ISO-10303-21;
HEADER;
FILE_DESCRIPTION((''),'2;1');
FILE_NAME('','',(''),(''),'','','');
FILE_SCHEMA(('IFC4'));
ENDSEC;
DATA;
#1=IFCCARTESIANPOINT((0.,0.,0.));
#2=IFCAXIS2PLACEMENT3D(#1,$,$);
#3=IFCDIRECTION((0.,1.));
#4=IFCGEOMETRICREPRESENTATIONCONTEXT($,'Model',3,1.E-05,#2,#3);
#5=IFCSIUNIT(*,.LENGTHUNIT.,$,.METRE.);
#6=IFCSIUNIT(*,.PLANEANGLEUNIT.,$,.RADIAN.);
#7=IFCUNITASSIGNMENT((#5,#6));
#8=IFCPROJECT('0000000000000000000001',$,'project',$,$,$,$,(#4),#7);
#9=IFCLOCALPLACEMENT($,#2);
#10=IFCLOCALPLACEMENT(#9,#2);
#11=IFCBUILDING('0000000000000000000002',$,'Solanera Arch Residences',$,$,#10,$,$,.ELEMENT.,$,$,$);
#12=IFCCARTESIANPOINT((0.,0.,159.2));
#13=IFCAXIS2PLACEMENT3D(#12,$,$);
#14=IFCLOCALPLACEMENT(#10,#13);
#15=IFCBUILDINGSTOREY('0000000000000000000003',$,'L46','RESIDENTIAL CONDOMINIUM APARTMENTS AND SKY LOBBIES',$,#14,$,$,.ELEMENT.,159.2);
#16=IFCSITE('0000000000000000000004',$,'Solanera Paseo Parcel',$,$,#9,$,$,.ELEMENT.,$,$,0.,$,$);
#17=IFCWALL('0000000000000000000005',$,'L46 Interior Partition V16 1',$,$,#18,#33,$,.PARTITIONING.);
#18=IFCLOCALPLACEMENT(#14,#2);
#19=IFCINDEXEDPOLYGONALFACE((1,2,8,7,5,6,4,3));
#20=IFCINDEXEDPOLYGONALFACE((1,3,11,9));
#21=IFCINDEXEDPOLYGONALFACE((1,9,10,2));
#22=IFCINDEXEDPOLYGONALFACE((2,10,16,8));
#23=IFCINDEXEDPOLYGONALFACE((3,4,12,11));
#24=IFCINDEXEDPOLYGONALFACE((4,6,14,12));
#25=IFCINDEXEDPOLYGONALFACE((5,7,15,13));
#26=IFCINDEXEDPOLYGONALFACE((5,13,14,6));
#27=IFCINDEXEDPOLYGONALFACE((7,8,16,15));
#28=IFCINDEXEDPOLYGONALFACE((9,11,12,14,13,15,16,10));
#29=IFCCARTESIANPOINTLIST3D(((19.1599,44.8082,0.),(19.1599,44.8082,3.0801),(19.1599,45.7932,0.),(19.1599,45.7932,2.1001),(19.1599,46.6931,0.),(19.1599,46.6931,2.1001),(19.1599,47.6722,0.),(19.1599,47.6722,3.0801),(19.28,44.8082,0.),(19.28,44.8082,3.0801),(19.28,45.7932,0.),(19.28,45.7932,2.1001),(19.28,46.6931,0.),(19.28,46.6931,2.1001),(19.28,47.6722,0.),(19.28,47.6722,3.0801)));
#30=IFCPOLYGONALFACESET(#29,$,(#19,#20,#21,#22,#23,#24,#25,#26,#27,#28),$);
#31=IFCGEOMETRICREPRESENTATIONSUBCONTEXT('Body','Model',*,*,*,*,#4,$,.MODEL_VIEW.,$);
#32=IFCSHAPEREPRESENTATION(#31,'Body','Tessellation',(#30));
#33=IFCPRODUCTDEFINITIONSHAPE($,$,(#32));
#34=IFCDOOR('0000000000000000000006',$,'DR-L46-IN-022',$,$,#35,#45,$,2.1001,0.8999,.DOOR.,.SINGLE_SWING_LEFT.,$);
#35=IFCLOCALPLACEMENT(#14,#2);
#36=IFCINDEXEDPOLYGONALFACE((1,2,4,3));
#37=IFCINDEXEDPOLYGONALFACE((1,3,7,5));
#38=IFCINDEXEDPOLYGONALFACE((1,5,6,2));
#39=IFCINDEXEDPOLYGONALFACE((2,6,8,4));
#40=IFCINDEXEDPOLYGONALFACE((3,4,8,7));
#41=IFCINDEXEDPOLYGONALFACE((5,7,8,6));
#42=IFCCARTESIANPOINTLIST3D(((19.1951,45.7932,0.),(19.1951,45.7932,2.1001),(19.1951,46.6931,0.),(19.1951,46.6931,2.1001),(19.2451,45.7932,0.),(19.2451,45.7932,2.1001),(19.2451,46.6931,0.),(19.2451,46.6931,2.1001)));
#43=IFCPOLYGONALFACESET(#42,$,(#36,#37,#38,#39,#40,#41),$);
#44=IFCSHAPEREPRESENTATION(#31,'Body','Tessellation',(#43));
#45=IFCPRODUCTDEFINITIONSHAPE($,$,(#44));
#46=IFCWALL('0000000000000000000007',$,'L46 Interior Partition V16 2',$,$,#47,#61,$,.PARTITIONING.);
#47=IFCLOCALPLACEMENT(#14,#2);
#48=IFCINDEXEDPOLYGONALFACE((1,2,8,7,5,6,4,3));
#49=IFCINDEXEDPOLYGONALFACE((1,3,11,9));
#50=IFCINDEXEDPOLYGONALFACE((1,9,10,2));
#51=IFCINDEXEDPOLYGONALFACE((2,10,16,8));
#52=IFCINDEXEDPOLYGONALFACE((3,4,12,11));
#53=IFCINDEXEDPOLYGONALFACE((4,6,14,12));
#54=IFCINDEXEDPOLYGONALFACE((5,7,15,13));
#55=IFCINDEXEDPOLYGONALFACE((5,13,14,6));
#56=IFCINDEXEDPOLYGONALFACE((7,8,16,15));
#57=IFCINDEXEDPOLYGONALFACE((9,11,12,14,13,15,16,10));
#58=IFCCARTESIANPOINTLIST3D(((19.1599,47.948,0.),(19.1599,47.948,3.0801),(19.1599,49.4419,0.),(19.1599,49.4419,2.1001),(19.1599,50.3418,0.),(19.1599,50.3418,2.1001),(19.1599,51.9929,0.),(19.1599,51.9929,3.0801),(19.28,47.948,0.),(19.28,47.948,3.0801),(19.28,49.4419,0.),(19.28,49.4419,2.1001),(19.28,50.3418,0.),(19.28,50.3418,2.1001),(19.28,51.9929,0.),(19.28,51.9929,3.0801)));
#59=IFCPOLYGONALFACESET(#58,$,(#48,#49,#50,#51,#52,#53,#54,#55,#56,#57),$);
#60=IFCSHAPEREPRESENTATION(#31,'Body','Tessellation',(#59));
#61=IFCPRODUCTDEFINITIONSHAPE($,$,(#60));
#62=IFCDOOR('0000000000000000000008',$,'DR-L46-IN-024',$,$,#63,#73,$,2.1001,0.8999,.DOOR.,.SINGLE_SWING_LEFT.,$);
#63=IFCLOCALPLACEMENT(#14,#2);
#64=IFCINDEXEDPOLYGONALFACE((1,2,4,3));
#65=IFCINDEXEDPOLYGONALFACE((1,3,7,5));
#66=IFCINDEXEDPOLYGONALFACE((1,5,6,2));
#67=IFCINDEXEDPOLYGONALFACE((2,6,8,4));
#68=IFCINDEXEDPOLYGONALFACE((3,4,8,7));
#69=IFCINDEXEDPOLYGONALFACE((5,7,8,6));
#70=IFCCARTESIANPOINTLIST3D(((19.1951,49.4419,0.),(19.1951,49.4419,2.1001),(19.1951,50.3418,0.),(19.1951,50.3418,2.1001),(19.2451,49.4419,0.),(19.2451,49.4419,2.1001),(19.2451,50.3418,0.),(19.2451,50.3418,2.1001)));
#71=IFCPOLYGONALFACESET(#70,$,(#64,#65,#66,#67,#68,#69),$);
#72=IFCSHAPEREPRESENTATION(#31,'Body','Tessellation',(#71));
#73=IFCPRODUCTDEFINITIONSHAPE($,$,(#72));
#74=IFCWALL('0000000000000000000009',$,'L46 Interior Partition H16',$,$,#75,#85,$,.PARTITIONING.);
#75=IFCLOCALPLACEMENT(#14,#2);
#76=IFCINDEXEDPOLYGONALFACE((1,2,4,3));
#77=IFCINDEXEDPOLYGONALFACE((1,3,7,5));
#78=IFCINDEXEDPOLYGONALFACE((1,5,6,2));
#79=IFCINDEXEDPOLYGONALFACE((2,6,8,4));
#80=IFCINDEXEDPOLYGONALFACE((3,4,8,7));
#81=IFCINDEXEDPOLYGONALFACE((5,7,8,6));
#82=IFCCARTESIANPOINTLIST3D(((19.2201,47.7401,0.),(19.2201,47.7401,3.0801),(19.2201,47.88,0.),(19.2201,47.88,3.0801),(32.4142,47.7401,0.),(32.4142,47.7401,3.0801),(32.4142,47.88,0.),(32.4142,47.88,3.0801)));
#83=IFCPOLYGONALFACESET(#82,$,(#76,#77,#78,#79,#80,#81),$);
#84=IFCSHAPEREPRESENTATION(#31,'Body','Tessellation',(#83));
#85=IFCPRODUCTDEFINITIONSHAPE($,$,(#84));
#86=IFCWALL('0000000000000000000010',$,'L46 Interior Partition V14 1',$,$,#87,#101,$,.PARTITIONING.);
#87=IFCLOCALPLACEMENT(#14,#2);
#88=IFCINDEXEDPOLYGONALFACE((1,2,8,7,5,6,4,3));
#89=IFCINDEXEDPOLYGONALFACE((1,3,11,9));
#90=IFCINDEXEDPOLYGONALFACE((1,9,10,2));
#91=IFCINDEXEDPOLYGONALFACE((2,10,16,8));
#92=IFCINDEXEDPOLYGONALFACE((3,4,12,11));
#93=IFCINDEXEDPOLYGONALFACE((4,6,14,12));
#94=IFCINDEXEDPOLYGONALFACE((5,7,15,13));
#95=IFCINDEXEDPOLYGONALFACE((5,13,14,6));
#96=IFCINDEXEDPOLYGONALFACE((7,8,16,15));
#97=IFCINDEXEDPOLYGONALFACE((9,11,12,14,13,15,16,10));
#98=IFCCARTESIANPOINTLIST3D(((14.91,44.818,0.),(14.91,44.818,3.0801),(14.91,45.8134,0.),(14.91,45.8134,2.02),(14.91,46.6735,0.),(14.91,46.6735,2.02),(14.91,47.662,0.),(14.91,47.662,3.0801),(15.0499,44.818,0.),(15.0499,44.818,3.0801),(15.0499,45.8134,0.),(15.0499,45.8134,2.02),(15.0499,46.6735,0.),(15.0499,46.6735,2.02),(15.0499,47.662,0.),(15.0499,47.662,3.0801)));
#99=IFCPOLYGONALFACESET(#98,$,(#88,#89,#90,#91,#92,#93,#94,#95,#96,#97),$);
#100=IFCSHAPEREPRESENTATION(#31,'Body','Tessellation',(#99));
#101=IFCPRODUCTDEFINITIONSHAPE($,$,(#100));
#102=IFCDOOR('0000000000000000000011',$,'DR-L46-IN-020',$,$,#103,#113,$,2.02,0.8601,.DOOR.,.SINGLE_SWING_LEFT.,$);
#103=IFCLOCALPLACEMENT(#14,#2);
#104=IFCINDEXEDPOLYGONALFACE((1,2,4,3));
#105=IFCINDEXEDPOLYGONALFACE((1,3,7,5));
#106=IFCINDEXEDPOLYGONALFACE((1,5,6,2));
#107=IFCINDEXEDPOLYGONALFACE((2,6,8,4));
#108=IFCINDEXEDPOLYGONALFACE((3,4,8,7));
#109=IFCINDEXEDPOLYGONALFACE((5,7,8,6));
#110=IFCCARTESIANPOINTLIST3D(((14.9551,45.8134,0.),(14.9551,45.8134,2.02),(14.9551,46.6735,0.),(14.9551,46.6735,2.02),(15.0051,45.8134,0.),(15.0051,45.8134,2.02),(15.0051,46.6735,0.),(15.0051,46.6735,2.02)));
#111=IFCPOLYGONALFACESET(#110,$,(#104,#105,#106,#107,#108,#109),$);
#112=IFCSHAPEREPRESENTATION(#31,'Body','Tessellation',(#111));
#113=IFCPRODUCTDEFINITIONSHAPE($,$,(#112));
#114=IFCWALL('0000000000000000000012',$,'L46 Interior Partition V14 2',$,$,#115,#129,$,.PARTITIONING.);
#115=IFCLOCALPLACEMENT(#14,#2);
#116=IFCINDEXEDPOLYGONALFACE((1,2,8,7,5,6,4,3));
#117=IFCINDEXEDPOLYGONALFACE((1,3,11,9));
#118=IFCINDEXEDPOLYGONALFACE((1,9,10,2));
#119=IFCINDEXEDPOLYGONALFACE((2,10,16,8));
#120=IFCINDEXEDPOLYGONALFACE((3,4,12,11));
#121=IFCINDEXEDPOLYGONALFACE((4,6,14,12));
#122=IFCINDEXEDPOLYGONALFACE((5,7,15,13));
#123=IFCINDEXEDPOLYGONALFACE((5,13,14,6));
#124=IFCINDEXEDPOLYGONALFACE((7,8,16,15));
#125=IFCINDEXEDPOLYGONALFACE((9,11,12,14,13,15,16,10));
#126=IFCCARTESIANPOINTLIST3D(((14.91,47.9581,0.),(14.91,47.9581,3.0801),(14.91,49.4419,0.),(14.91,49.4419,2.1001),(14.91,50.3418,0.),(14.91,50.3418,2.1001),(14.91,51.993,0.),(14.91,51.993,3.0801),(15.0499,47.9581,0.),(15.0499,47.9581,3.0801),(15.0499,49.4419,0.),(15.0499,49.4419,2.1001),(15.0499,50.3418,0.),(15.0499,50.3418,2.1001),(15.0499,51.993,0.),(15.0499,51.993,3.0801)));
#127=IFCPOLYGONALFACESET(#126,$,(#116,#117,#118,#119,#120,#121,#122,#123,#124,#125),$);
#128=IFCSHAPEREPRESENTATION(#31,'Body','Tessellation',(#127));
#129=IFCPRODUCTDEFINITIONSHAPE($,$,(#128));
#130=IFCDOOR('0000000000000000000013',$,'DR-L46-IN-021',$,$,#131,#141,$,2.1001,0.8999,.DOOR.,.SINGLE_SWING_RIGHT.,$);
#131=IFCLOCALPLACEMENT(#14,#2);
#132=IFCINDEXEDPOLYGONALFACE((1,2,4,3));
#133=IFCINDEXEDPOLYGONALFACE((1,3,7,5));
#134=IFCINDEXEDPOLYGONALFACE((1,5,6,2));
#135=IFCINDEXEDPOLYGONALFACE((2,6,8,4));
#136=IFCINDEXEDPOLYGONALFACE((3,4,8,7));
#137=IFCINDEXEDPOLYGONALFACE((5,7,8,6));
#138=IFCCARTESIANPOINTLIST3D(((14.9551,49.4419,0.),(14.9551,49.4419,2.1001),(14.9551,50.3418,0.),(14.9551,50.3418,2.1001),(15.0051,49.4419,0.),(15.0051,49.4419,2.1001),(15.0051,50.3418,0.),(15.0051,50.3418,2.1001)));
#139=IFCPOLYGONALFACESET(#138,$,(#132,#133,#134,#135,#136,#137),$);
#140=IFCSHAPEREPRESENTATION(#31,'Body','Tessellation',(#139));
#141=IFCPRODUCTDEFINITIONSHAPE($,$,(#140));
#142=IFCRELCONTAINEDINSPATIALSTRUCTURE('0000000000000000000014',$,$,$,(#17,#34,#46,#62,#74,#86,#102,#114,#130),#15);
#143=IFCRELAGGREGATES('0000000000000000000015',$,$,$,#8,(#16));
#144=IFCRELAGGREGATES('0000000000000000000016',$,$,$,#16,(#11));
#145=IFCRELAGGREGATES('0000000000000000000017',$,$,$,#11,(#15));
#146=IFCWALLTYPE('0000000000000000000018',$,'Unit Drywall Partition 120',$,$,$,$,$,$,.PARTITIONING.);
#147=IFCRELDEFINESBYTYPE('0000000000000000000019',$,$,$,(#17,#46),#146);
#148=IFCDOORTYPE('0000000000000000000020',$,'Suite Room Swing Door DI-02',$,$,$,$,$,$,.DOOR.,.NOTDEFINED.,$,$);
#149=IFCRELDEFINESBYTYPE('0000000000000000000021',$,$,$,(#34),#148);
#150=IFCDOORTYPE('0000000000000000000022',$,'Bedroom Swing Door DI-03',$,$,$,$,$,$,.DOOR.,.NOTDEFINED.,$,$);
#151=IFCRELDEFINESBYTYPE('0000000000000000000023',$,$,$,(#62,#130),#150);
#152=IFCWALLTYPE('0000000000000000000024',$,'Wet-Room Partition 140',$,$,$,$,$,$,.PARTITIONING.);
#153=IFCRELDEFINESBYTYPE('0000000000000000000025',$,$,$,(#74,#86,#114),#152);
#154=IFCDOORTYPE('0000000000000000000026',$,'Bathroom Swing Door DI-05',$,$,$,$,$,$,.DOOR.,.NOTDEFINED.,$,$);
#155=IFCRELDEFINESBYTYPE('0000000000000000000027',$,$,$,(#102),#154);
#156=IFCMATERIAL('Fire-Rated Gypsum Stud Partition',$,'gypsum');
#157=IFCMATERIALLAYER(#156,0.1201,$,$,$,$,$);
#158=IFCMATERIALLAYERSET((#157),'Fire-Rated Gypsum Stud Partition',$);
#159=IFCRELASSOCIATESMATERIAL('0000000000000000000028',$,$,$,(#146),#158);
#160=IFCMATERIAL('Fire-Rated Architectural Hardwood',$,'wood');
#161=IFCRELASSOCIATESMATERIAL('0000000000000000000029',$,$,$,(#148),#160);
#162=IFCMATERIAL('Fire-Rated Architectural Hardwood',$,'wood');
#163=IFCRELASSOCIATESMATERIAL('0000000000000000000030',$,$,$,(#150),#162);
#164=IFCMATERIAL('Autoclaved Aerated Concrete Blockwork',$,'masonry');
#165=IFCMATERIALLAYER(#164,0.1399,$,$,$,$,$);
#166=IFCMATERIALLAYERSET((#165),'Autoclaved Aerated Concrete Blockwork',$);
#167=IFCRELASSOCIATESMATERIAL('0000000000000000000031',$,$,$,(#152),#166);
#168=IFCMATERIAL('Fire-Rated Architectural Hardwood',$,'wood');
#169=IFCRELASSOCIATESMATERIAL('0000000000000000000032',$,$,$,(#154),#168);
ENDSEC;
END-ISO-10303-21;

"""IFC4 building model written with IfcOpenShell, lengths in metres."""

from ifc_helpers import new_model, si_unit, direction, frame, frame_2d, origin, place, context, subcontext, project, spatial, rectangle, extrude, material, layer, layer_set, type_object, element, fill, save


model = new_model("IFC4")

# Units and contexts
model_context = context("Model", 3, precision=1e-05, world=origin(), true_north=direction((0.0, 1.0)))
body_context = subcontext(model_context, "Body", "Model", "MODEL_VIEW")
ifc_project = project(units=[si_unit("LENGTHUNIT", "METRE"), si_unit("PLANEANGLEUNIT", "RADIAN")], contexts=[model_context])

# Site, building, storey
site_placement = place(None, origin())
site = spatial("IfcSite", under=ifc_project, at=site_placement, Name="Solanera Paseo Parcel", CompositionType="ELEMENT", RefElevation=0.0)
building_placement = place(site_placement, origin())
building = spatial("IfcBuilding", under=site, at=building_placement, Name="Solanera Arch Residences", CompositionType="ELEMENT")
storey_placement = place(building_placement, frame((0.0, 0.0, 159.2)))
storey = spatial("IfcBuildingStorey", under=building, at=storey_placement, Name="L46", Description="RESIDENTIAL CONDOMINIUM APARTMENTS AND SKY LOBBIES", CompositionType="ELEMENT", Elevation=159.2)

# Walls, openings, doors
ifc_material_1 = material(Name="Fire-Rated Gypsum Stud Partition", Category="gypsum")
ifc_layer_1 = layer(ifc_material_1, 0.1201)
ifc_layer_set_1 = layer_set([ifc_layer_1], Name="Fire-Rated Gypsum Stud Partition")
wall_type_1 = type_object("IfcWallType", Name="Unit Drywall Partition 120", PredefinedType="PARTITIONING", material=ifc_layer_set_1)
wall_1_placement = place(storey_placement, frame((19.22, 44.8081, 0.0), z_axis=(0.0, 0.0, 1.0), x_axis=(0.0, 1.0, 0.0)))
wall_1 = element("IfcWall", 1, at=wall_1_placement, inside=storey, type_object=wall_type_1, Name="L46 Interior Partition V16 1", PredefinedType="PARTITIONING", context=body_context, shape_type="SweptSolid", body=[
    extrude(rectangle(XDim=2.864, YDim=0.1201, at=frame_2d((1.4321, 0.0))), origin(), (0.0, 0.0, 1.0), 3.0801),
])
opening_1_placement = place(wall_1_placement, frame((0.9851, 0.0, 0.0)))
opening_1 = element("IfcOpeningElement", 2, at=opening_1_placement, cuts=wall_1, PredefinedType="OPENING", context=body_context, shape_type="SweptSolid", body=[
    extrude(rectangle(XDim=0.8999, YDim=2.1001, at=frame_2d((0.45, 1.05))), frame((0.0, 0.0701, 0.0), z_axis=(0.0, -1.0, 0.0), x_axis=(1.0, 0.0, 0.0)), (0.0, 0.0, 1.0), 0.1401),
])
ifc_material_2 = material(Name="Fire-Rated Architectural Hardwood", Category="wood")
door_type_1 = type_object("IfcDoorType", Name="Suite Room Swing Door DI-02", OperationType="NOTDEFINED", PredefinedType="DOOR", material=ifc_material_2)
door_1_placement = place(opening_1_placement, origin())
door_1 = element("IfcDoor", 3, at=door_1_placement, inside=storey, type_object=door_type_1, Name="DR-L46-IN-022", OperationType="SINGLE_SWING_LEFT", OverallHeight=2.1001, OverallWidth=0.8999, PredefinedType="DOOR", context=body_context, shape_type="SweptSolid", body=[
    extrude(rectangle(XDim=0.8999, YDim=2.1001, at=frame_2d((0.45, 1.05))), frame((0.0, 0.0249, 0.0), z_axis=(0.0, -1.0, 0.0), x_axis=(1.0, 0.0, 0.0)), (0.0, 0.0, 1.0), 0.05),
])
fill(opening_1, door_1)
wall_2_placement = place(storey_placement, frame((19.22, 47.948, 0.0), z_axis=(0.0, 0.0, 1.0), x_axis=(0.0, 1.0, 0.0)))
wall_2 = element("IfcWall", 4, at=wall_2_placement, inside=storey, type_object=wall_type_1, Name="L46 Interior Partition V16 2", PredefinedType="PARTITIONING", context=body_context, shape_type="SweptSolid", body=[
    extrude(rectangle(XDim=4.0449, YDim=0.1201, at=frame_2d((2.0225, 0.0))), origin(), (0.0, 0.0, 1.0), 3.0801),
])
opening_2_placement = place(wall_2_placement, frame((1.4939, 0.0, 0.0)))
opening_2 = element("IfcOpeningElement", 5, at=opening_2_placement, cuts=wall_2, PredefinedType="OPENING", context=body_context, shape_type="SweptSolid", body=[
    extrude(rectangle(XDim=0.8999, YDim=2.1001, at=frame_2d((0.45, 1.05))), frame((0.0, 0.0701, 0.0), z_axis=(0.0, -1.0, 0.0), x_axis=(1.0, 0.0, 0.0)), (0.0, 0.0, 1.0), 0.1401),
])
ifc_material_3 = material(Name="Fire-Rated Architectural Hardwood", Category="wood")
door_type_2 = type_object("IfcDoorType", Name="Bedroom Swing Door DI-03", OperationType="NOTDEFINED", PredefinedType="DOOR", material=ifc_material_3)
door_2_placement = place(opening_2_placement, origin())
door_2 = element("IfcDoor", 6, at=door_2_placement, inside=storey, type_object=door_type_2, Name="DR-L46-IN-024", OperationType="SINGLE_SWING_LEFT", OverallHeight=2.1001, OverallWidth=0.8999, PredefinedType="DOOR", context=body_context, shape_type="SweptSolid", body=[
    extrude(rectangle(XDim=0.8999, YDim=2.1001, at=frame_2d((0.45, 1.05))), frame((0.0, 0.0249, 0.0), z_axis=(0.0, -1.0, 0.0), x_axis=(1.0, 0.0, 0.0)), (0.0, 0.0, 1.0), 0.05),
])
fill(opening_2, door_2)

# Wall
ifc_material_4 = material(Name="Autoclaved Aerated Concrete Blockwork", Category="masonry")
ifc_layer_2 = layer(ifc_material_4, 0.1399)
ifc_layer_set_2 = layer_set([ifc_layer_2], Name="Autoclaved Aerated Concrete Blockwork")
wall_type_2 = type_object("IfcWallType", Name="Wet-Room Partition 140", PredefinedType="PARTITIONING", material=ifc_layer_set_2)
wall_3_placement = place(storey_placement, frame((19.22, 47.8101, 0.0), z_axis=(0.0, 0.0, 1.0), x_axis=(1.0, 0.0, 0.0)))
element("IfcWall", 7, at=wall_3_placement, inside=storey, type_object=wall_type_2, Name="L46 Interior Partition H16", PredefinedType="PARTITIONING", context=body_context, shape_type="SweptSolid", body=[
    extrude(rectangle(XDim=13.1941, YDim=0.1399, at=frame_2d((6.5972, 0.0))), origin(), (0.0, 0.0, 1.0), 3.0801),
])

# Walls, openings, doors
wall_4_placement = place(storey_placement, frame((14.98, 44.8181, 0.0), z_axis=(0.0, 0.0, 1.0), x_axis=(0.0, 1.0, 0.0)))
wall_4 = element("IfcWall", 8, at=wall_4_placement, inside=storey, type_object=wall_type_2, Name="L46 Interior Partition V14 1", PredefinedType="PARTITIONING", context=body_context, shape_type="SweptSolid", body=[
    extrude(rectangle(XDim=2.844, YDim=0.1399, at=frame_2d((1.4219, 0.0))), origin(), (0.0, 0.0, 1.0), 3.0801),
])
opening_3_placement = place(wall_4_placement, frame((0.9951, 0.0, 0.0)))
opening_3 = element("IfcOpeningElement", 9, at=opening_3_placement, cuts=wall_4, PredefinedType="OPENING", context=body_context, shape_type="SweptSolid", body=[
    extrude(rectangle(XDim=0.8601, YDim=2.02, at=frame_2d((0.4302, 1.01))), frame((0.0, 0.0798, 0.0), z_axis=(0.0, -1.0, 0.0), x_axis=(1.0, 0.0, 0.0)), (0.0, 0.0, 1.0), 0.1599),
])
ifc_material_5 = material(Name="Fire-Rated Architectural Hardwood", Category="wood")
door_type_3 = type_object("IfcDoorType", Name="Bathroom Swing Door DI-05", OperationType="NOTDEFINED", PredefinedType="DOOR", material=ifc_material_5)
door_3_placement = place(opening_3_placement, origin())
door_3 = element("IfcDoor", 10, at=door_3_placement, inside=storey, type_object=door_type_3, Name="DR-L46-IN-020", OperationType="SINGLE_SWING_LEFT", OverallHeight=2.02, OverallWidth=0.8601, PredefinedType="DOOR", context=body_context, shape_type="SweptSolid", body=[
    extrude(rectangle(XDim=0.8601, YDim=2.02, at=frame_2d((0.4302, 1.01))), frame((0.0, 0.0249, 0.0), z_axis=(0.0, -1.0, 0.0), x_axis=(1.0, 0.0, 0.0)), (0.0, 0.0, 1.0), 0.05),
])
fill(opening_3, door_3)
wall_5_placement = place(storey_placement, frame((14.98, 47.958, 0.0), z_axis=(0.0, 0.0, 1.0), x_axis=(0.0, 1.0, 0.0)))
wall_5 = element("IfcWall", 11, at=wall_5_placement, inside=storey, type_object=wall_type_2, Name="L46 Interior Partition V14 2", PredefinedType="PARTITIONING", context=body_context, shape_type="SweptSolid", body=[
    extrude(rectangle(XDim=4.0349, YDim=0.1399, at=frame_2d((2.0176, 0.0))), origin(), (0.0, 0.0, 1.0), 3.0801),
])
opening_4_placement = place(wall_5_placement, frame((1.4839, 0.0, 0.0)))
opening_4 = element("IfcOpeningElement", 12, at=opening_4_placement, cuts=wall_5, PredefinedType="OPENING", context=body_context, shape_type="SweptSolid", body=[
    extrude(rectangle(XDim=0.8999, YDim=2.1001, at=frame_2d((0.45, 1.05))), frame((0.0, 0.0798, 0.0), z_axis=(0.0, -1.0, 0.0), x_axis=(1.0, 0.0, 0.0)), (0.0, 0.0, 1.0), 0.1599),
])
door_4_placement = place(opening_4_placement, origin())
door_4 = element("IfcDoor", 13, at=door_4_placement, inside=storey, type_object=door_type_2, Name="DR-L46-IN-021", OperationType="SINGLE_SWING_RIGHT", OverallHeight=2.1001, OverallWidth=0.8999, PredefinedType="DOOR", context=body_context, shape_type="SweptSolid", body=[
    extrude(rectangle(XDim=0.8999, YDim=2.1001, at=frame_2d((0.45, 1.05))), frame((0.0, 0.0249, 0.0), z_axis=(0.0, -1.0, 0.0), x_axis=(1.0, 0.0, 0.0)), (0.0, 0.0, 1.0), 0.05),
])
fill(opening_4, door_4)

save(model, "model.ifc")
